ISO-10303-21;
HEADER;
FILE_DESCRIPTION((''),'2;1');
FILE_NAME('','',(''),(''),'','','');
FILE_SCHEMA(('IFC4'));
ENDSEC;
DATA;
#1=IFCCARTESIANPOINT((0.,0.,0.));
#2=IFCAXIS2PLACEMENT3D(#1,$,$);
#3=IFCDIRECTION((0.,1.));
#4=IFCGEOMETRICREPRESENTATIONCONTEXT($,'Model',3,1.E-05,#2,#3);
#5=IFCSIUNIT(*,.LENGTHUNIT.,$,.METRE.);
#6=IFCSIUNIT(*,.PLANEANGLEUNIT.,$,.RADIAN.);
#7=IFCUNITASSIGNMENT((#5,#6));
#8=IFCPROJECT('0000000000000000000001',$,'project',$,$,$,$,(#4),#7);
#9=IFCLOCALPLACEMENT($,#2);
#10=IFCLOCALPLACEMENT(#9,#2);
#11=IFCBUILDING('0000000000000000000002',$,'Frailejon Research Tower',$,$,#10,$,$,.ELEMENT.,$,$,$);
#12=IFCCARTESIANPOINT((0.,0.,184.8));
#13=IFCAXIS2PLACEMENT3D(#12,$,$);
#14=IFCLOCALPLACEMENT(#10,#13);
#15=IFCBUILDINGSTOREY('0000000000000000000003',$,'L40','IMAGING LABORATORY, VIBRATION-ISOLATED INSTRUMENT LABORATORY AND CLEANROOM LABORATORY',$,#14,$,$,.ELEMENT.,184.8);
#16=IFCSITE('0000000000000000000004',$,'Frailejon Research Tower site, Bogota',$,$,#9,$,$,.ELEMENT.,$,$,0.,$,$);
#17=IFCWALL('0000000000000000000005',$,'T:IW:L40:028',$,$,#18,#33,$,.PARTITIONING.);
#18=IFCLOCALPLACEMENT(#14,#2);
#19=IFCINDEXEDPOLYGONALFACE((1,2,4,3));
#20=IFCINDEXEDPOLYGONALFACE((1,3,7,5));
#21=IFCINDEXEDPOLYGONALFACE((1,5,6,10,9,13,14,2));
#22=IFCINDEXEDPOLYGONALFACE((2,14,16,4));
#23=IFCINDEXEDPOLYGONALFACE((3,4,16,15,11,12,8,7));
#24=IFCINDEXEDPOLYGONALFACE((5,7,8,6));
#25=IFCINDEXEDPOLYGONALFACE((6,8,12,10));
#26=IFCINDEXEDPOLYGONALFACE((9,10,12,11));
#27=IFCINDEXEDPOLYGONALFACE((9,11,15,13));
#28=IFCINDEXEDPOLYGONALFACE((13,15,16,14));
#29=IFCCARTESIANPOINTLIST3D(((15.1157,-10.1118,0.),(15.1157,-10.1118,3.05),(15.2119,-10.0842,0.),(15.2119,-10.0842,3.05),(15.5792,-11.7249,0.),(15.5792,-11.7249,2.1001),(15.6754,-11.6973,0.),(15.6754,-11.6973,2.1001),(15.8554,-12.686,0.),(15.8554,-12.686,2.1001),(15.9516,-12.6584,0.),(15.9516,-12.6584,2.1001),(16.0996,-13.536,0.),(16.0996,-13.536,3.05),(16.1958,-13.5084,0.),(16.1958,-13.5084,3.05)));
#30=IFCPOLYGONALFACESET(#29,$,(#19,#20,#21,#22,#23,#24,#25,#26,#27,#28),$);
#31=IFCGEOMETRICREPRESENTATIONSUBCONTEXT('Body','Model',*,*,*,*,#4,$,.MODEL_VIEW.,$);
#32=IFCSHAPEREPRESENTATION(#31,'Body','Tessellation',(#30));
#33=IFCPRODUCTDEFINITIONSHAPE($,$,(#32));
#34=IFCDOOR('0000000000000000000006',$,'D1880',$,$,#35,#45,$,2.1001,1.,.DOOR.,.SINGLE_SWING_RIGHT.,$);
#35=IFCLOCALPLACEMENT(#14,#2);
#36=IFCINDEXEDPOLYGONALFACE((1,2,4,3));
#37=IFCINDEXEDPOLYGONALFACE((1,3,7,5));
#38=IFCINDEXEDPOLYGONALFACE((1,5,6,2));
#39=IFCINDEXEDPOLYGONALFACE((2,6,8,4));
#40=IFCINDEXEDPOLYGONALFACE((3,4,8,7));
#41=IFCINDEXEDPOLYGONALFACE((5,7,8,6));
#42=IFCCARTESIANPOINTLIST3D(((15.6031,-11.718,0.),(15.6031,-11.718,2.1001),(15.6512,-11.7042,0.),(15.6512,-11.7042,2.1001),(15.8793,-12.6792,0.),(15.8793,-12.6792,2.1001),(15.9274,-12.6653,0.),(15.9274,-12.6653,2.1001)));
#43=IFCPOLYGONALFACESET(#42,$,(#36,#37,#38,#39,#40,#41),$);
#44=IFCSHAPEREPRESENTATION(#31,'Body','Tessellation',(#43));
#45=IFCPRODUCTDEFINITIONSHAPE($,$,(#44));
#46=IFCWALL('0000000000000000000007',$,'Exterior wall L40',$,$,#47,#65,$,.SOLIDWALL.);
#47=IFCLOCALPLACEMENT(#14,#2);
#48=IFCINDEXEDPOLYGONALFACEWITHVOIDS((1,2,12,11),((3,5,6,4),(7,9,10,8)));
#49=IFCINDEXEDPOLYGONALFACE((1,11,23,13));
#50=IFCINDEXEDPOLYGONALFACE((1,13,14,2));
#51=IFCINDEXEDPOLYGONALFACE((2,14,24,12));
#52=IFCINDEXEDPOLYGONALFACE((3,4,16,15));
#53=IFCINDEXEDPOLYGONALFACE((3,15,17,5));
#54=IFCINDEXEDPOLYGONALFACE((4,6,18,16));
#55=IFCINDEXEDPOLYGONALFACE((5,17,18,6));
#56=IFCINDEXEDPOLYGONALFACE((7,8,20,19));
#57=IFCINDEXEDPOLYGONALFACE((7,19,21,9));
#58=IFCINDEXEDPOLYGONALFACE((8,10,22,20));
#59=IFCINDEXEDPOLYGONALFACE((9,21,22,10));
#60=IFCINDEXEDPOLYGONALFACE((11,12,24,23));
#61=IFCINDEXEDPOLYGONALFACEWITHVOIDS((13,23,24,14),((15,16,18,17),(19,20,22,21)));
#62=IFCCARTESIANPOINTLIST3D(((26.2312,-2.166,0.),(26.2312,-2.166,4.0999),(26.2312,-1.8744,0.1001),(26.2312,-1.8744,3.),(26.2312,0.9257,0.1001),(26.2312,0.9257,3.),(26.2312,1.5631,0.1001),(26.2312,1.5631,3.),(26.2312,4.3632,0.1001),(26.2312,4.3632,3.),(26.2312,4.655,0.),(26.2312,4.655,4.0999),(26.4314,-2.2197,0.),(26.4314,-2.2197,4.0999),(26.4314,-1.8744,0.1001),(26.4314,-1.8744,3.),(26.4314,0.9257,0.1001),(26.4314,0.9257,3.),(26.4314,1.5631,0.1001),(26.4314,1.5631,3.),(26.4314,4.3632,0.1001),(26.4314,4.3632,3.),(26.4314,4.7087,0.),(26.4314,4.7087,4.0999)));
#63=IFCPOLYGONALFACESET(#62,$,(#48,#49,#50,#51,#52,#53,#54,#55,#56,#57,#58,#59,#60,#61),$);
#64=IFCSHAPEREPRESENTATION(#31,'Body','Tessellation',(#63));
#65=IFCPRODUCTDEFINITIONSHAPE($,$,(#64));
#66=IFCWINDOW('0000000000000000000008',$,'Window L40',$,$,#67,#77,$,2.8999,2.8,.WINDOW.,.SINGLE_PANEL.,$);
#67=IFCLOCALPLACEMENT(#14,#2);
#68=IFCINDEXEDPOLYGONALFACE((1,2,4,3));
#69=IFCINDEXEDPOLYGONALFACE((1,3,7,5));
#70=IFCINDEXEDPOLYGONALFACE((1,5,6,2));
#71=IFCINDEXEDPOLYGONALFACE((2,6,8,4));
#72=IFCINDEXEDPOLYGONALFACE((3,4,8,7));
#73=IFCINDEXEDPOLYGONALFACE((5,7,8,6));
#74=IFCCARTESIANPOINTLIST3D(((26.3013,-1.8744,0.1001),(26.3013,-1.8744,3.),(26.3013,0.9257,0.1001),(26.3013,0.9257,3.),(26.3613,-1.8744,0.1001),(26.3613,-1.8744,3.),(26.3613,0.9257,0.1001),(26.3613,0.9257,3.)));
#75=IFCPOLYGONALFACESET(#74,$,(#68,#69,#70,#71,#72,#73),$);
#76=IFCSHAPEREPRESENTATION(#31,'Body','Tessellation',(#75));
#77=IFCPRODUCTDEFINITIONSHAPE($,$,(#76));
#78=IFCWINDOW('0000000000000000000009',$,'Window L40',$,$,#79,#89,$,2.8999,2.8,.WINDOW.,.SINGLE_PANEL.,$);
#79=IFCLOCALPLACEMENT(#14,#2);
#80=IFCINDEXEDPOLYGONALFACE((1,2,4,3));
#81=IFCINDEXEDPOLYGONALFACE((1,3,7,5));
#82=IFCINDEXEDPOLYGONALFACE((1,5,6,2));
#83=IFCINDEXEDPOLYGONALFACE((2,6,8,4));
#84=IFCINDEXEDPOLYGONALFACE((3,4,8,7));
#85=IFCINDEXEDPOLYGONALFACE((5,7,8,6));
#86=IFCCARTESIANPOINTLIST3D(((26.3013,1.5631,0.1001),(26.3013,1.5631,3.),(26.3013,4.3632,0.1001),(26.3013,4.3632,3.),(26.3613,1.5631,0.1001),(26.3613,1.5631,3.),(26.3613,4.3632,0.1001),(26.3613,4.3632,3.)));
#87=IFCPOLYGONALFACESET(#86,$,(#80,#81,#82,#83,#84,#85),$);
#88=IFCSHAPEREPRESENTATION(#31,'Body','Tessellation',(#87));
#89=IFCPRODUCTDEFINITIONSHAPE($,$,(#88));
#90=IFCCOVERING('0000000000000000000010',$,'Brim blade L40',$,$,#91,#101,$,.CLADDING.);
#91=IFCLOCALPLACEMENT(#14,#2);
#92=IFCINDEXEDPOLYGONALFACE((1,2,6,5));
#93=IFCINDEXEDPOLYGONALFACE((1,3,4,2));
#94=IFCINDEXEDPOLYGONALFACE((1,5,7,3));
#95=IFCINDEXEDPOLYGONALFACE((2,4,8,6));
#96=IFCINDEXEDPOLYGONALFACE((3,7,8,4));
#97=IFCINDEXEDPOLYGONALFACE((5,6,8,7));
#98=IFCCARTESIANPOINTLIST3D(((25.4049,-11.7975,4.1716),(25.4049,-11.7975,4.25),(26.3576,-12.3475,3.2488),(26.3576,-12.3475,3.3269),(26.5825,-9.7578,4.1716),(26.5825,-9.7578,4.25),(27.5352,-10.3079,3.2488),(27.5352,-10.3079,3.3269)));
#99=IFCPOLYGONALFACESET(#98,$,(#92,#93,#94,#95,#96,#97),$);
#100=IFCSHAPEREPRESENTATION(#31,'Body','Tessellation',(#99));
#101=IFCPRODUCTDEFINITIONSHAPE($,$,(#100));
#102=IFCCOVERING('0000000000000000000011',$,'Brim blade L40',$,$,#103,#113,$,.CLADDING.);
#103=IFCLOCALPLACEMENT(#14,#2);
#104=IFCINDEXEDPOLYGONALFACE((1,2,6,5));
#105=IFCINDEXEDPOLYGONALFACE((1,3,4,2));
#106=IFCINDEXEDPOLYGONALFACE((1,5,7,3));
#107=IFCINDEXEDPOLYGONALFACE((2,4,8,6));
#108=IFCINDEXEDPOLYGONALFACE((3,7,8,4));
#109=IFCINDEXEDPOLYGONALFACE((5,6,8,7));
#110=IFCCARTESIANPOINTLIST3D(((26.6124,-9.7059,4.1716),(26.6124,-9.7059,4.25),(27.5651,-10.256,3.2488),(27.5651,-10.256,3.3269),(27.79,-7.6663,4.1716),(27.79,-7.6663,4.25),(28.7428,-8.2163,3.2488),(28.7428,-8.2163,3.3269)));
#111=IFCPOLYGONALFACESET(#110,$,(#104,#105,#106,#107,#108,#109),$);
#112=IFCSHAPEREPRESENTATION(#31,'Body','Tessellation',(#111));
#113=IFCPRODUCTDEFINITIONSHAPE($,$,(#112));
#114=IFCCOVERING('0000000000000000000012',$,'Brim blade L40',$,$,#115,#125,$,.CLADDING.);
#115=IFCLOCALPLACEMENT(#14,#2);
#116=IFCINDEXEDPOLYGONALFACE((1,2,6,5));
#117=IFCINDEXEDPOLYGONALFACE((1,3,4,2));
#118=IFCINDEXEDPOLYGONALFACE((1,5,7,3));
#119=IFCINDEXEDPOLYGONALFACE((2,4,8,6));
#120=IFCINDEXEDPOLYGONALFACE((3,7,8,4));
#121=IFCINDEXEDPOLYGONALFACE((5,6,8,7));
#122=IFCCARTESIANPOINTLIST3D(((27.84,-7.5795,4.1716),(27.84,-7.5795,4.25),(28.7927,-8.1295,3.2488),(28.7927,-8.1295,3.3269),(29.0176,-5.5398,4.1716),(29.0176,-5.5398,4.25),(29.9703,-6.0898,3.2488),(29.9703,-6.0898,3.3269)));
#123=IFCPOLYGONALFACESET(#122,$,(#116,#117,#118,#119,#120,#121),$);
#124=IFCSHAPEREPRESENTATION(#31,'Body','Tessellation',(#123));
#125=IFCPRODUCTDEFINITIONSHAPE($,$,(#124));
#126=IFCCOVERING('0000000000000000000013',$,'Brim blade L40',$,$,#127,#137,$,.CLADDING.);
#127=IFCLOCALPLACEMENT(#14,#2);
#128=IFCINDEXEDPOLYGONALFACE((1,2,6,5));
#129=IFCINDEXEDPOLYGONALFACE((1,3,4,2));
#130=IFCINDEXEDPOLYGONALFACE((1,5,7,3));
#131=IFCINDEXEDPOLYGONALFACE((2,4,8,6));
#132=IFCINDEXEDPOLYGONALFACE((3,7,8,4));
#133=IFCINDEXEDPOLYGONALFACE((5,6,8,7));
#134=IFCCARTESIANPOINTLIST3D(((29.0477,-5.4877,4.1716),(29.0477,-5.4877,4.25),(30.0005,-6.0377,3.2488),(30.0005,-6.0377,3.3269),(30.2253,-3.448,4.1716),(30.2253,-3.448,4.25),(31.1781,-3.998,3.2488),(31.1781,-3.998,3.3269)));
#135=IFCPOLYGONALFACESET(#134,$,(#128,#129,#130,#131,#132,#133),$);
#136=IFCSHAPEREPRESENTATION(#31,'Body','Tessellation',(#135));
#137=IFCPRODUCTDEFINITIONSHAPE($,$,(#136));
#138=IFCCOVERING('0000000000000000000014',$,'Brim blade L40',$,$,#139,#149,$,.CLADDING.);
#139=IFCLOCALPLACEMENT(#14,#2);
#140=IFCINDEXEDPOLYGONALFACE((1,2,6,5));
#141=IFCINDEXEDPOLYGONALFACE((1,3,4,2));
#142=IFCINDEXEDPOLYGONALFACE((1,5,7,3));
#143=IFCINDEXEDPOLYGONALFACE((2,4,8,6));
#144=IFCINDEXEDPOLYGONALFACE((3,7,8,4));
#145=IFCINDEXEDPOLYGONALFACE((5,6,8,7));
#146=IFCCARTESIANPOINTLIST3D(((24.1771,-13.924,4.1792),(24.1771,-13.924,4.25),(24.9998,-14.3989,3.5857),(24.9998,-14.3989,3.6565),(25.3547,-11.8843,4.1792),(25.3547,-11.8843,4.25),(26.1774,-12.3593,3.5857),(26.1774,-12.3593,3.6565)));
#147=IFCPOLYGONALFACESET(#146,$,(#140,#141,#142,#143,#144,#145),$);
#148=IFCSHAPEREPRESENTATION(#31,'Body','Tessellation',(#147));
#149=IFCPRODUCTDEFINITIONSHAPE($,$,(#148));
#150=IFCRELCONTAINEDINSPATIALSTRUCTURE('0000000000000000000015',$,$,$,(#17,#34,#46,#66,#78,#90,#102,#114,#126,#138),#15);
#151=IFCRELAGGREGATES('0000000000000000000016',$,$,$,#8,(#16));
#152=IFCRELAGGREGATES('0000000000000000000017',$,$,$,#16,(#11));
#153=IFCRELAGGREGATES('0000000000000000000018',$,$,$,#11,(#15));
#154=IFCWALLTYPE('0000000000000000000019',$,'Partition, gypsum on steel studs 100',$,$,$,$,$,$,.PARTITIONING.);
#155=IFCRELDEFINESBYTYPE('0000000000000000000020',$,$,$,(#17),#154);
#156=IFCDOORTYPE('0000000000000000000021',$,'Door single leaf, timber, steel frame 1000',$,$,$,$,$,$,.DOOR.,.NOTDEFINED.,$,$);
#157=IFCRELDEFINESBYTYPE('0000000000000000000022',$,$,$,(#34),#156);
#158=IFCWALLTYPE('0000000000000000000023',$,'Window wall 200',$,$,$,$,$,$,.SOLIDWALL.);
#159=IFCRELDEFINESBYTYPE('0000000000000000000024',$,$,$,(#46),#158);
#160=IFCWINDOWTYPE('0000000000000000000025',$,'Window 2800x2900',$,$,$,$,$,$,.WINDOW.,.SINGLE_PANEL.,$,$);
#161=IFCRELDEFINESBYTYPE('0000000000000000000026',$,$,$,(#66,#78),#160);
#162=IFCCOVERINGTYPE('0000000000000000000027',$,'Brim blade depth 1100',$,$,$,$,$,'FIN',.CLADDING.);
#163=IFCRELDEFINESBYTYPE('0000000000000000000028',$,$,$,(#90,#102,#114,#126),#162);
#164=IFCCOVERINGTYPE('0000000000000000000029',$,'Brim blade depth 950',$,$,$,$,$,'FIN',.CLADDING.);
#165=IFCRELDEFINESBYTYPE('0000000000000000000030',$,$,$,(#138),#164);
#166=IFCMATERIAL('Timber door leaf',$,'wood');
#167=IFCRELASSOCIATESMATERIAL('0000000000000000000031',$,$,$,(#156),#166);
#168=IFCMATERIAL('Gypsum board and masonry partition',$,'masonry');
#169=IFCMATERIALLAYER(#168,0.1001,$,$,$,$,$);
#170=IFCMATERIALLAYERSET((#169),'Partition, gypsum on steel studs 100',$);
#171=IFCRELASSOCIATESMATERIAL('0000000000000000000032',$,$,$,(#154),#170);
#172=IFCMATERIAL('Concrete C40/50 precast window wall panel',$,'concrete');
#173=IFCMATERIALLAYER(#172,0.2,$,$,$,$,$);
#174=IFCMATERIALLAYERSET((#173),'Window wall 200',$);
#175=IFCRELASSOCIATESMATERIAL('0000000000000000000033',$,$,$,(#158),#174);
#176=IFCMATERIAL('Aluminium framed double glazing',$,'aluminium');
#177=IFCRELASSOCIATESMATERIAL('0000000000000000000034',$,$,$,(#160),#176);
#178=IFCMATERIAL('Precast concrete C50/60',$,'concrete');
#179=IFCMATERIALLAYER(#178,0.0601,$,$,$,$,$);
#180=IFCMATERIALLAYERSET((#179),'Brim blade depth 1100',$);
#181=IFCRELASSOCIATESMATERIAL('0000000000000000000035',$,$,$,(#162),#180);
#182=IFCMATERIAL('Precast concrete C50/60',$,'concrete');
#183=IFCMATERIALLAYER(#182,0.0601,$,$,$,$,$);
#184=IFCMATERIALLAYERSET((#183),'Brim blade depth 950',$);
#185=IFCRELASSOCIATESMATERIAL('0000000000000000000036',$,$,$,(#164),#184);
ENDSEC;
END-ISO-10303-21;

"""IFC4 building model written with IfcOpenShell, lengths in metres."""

from ifc_helpers import new_model, si_unit, direction, frame, frame_2d, origin, place, context, subcontext, project, spatial, polyline, rectangle, outline, extrude, material, layer, layer_set, type_object, element, fill, save


model = new_model("IFC4")

# Units and contexts
model_context = context("Model", 3, precision=1e-05, world=origin(), true_north=direction((0.0, 1.0)))
body_context = subcontext(model_context, "Body", "Model", "MODEL_VIEW")
ifc_project = project(units=[si_unit("LENGTHUNIT", "METRE"), si_unit("PLANEANGLEUNIT", "RADIAN")], contexts=[model_context])

# Site, building, storey
site_placement = place(None, origin())
site = spatial("IfcSite", under=ifc_project, at=site_placement, Name="Frailejon Research Tower site, Bogota", CompositionType="ELEMENT", RefElevation=0.0)
building_placement = place(site_placement, origin())
building = spatial("IfcBuilding", under=site, at=building_placement, Name="Frailejon Research Tower", CompositionType="ELEMENT")
storey_placement = place(building_placement, frame((0.0, 0.0, 184.8)))
storey = spatial("IfcBuildingStorey", under=building, at=storey_placement, Name="L40", Description="IMAGING LABORATORY, VIBRATION-ISOLATED INSTRUMENT LABORATORY AND CLEANROOM LABORATORY", CompositionType="ELEMENT", Elevation=184.8)

# Shared definitions
ifc_material_1 = material(Name="Timber door leaf", Category="wood")
door_type = type_object("IfcDoorType", Name="Door single leaf, timber, steel frame 1000", OperationType="NOTDEFINED", PredefinedType="DOOR", material=ifc_material_1)

# Wall, opening, door
ifc_material_2 = material(Name="Gypsum board and masonry partition", Category="masonry")
ifc_layer_1 = layer(ifc_material_2, 0.1001)
ifc_layer_set_1 = layer_set([ifc_layer_1], Name="Partition, gypsum on steel studs 100")
wall_type_1 = type_object("IfcWallType", Name="Partition, gypsum on steel studs 100", PredefinedType="PARTITIONING", material=ifc_layer_set_1)
wall_1_placement = place(storey_placement, frame((15.1638, -10.0981, 0.0), z_axis=(0.0, 0.0, 1.0), x_axis=(0.276169, -0.961109, 0.0)))
wall_1 = element("IfcWall", 1, at=wall_1_placement, inside=storey, type_object=wall_type_1, Name="T:IW:L40:028", PredefinedType="PARTITIONING", context=body_context, shape_type="SweptSolid", body=[
    extrude(rectangle(XDim=3.5627, YDim=0.1001, at=frame_2d((1.7812, 0.0))), origin(), (0.0, 0.0, 1.0), 3.05),
])
opening_1_placement = place(wall_1_placement, frame((1.6782, 0.0, 0.0)))
opening_1 = element("IfcOpeningElement", 2, at=opening_1_placement, cuts=wall_1, PredefinedType="OPENING", context=body_context, shape_type="SweptSolid", body=[
    extrude(rectangle(XDim=1.0, YDim=2.1001, at=frame_2d((0.5, 1.05))), frame((0.0, 0.0601, 0.0), z_axis=(0.0, -1.0, 0.0), x_axis=(1.0, 0.0, 0.0)), (0.0, 0.0, 1.0), 0.1201),
])
door_1_placement = place(opening_1_placement, origin())
door_1 = element("IfcDoor", 3, at=door_1_placement, inside=storey, type_object=door_type, Name="D1880", OperationType="SINGLE_SWING_RIGHT", OverallHeight=2.1001, OverallWidth=1.0, PredefinedType="DOOR", context=body_context, shape_type="SweptSolid", body=[
    extrude(rectangle(XDim=1.0, YDim=2.1001, at=frame_2d((0.5, 1.05))), frame((0.0, 0.0249, 0.0), z_axis=(0.0, -1.0, 0.0), x_axis=(1.0, 0.0, 0.0)), (0.0, 0.0, 1.0), 0.05),
])
fill(opening_1, door_1)

# Wall, openings, windows
ifc_material_3 = material(Name="Concrete C40/50 precast window wall panel", Category="concrete")
ifc_layer_2 = layer(ifc_material_3, 0.2)
ifc_layer_set_2 = layer_set([ifc_layer_2], Name="Window wall 200")
wall_type_2 = type_object("IfcWallType", Name="Window wall 200", PredefinedType="SOLIDWALL", material=ifc_layer_set_2)
wall_2_placement = place(storey_placement, frame((26.3313, -2.1929, 0.0), z_axis=(0.0, 0.0, 1.0), x_axis=(0.0, 1.0, 0.0)))
wall_2 = element("IfcWall", 4, at=wall_2_placement, inside=storey, type_object=wall_type_2, Name="Exterior wall L40", PredefinedType="SOLIDWALL", context=body_context, shape_type="SweptSolid", body=[
    extrude(outline(polyline([(-0.0269, -0.1001), (1.1279, -0.1001), (2.2827, -0.1001), (3.4375, -0.1001), (4.592, -0.1001), (5.7468, -0.1001), (6.9016, -0.1001), (6.8479, 0.1001), (5.7109, 0.1001), (4.5742, 0.1001), (3.4375, 0.1001), (2.3005, 0.1001), (1.1636, 0.1001), (0.0269, 0.1001), (-0.0269, -0.1001)])), origin(), (0.0, 0.0, 1.0), 4.0999),
])
opening_2_placement = place(wall_2_placement, frame((0.3186, 0.0, 0.1001)))
opening_2 = element("IfcOpeningElement", 5, at=opening_2_placement, cuts=wall_2, PredefinedType="OPENING", context=body_context, shape_type="SweptSolid", body=[
    extrude(rectangle(XDim=2.8, YDim=2.8999, at=frame_2d((1.3999, 1.45))), frame((0.0, 0.1099, 0.0), z_axis=(0.0, -1.0, 0.0), x_axis=(1.0, 0.0, 0.0)), (0.0, 0.0, 1.0), 0.22),
])
opening_3_placement = place(wall_2_placement, frame((3.7561, 0.0, 0.1001)))
opening_3 = element("IfcOpeningElement", 6, at=opening_3_placement, cuts=wall_2, PredefinedType="OPENING", context=body_context, shape_type="SweptSolid", body=[
    extrude(rectangle(XDim=2.8, YDim=2.8999, at=frame_2d((1.3999, 1.45))), frame((0.0, 0.1099, 0.0), z_axis=(0.0, -1.0, 0.0), x_axis=(1.0, 0.0, 0.0)), (0.0, 0.0, 1.0), 0.22),
])
ifc_material_4 = material(Name="Aluminium framed double glazing", Category="aluminium")
window_type = type_object("IfcWindowType", Name="Window 2800x2900", PartitioningType="SINGLE_PANEL", PredefinedType="WINDOW", material=ifc_material_4)
window_1_placement = place(opening_2_placement, origin())
window_1 = element("IfcWindow", 7, at=window_1_placement, inside=storey, type_object=window_type, Name="Window L40", OverallHeight=2.8999, OverallWidth=2.8, PartitioningType="SINGLE_PANEL", PredefinedType="WINDOW", context=body_context, shape_type="SweptSolid", body=[
    extrude(rectangle(XDim=2.8, YDim=2.8999, at=frame_2d((1.3999, 1.45))), frame((0.0, 0.03, 0.0), z_axis=(0.0, -1.0, 0.0), x_axis=(1.0, 0.0, 0.0)), (0.0, 0.0, 1.0), 0.0601),
])
fill(opening_2, window_1)
window_2_placement = place(opening_3_placement, origin())
window_2 = element("IfcWindow", 8, at=window_2_placement, inside=storey, type_object=window_type, Name="Window L40", OverallHeight=2.8999, OverallWidth=2.8, PartitioningType="SINGLE_PANEL", PredefinedType="WINDOW", context=body_context, shape_type="SweptSolid", body=[
    extrude(rectangle(XDim=2.8, YDim=2.8999, at=frame_2d((1.3999, 1.45))), frame((0.0, 0.03, 0.0), z_axis=(0.0, -1.0, 0.0), x_axis=(1.0, 0.0, 0.0)), (0.0, 0.0, 1.0), 0.0601),
])
fill(opening_3, window_2)

# Coverings
ifc_material_5 = material(Name="Precast concrete C50/60", Category="concrete")
ifc_layer_3 = layer(ifc_material_5, 0.0601)
ifc_layer_set_3 = layer_set([ifc_layer_3], Name="Brim blade depth 1100")
covering_type_1 = type_object("IfcCoveringType", Name="Brim blade depth 1100", ElementType="FIN", PredefinedType="CLADDING", material=ifc_layer_set_3)
for number, where, z_axis, x_axis, name in (
    (9, (26.5825, -9.7578, 4.25), (-0.499997, -0.866027, 0.0), (0.866027, -0.499997, 0.0), "Brim blade L40"),
    (10, (27.79, -7.6663, 4.25), (-0.499997, -0.866027, 0.0), (0.866027, -0.499997, 0.0), "Brim blade L40"),
    (11, (29.0176, -5.5398, 4.25), (-0.499997, -0.866027, 0.0), (0.866027, -0.499997, 0.0), "Brim blade L40"),
    (12, (30.2253, -3.448, 4.25), (-0.499997, -0.866027, 0.0), (0.866027, -0.499997, 0.0), "Brim blade L40"),
):
    element("IfcCovering", number, at=place(storey_placement, frame(where, z_axis=z_axis, x_axis=x_axis)), inside=storey, type_object=covering_type_1, Name=name, PredefinedType="CLADDING", context=body_context, shape_type="SweptSolid", body=[
        extrude(outline(polyline([(0.0, -0.0784), (1.1001, -1.0012), (1.1001, -0.9231), (0.0, 0.0), (0.0, -0.0784)])), origin(), (0.0, 0.0, 1.0), 2.3552),
    ])
ifc_material_6 = material(Name="Precast concrete C50/60", Category="concrete")
ifc_layer_4 = layer(ifc_material_6, 0.0601)
ifc_layer_set_4 = layer_set([ifc_layer_4], Name="Brim blade depth 950")
covering_type_2 = type_object("IfcCoveringType", Name="Brim blade depth 950", ElementType="FIN", PredefinedType="CLADDING", material=ifc_layer_set_4)
covering_placement = place(storey_placement, frame((25.3547, -11.8843, 4.25), z_axis=(-0.500006, -0.866022, 0.0), x_axis=(0.866022, -0.500006, 0.0)))
element("IfcCovering", 13, at=covering_placement, inside=storey, type_object=covering_type_2, Name="Brim blade L40", PredefinedType="CLADDING", context=body_context, shape_type="SweptSolid", body=[
    extrude(outline(polyline([(0.0, -0.0708), (0.95, -0.6643), (0.95, -0.5935), (0.0, 0.0), (0.0, -0.0708)])), origin(), (0.0, 0.0, 1.0), 2.3552),
])

save(model, "model.ifc")
